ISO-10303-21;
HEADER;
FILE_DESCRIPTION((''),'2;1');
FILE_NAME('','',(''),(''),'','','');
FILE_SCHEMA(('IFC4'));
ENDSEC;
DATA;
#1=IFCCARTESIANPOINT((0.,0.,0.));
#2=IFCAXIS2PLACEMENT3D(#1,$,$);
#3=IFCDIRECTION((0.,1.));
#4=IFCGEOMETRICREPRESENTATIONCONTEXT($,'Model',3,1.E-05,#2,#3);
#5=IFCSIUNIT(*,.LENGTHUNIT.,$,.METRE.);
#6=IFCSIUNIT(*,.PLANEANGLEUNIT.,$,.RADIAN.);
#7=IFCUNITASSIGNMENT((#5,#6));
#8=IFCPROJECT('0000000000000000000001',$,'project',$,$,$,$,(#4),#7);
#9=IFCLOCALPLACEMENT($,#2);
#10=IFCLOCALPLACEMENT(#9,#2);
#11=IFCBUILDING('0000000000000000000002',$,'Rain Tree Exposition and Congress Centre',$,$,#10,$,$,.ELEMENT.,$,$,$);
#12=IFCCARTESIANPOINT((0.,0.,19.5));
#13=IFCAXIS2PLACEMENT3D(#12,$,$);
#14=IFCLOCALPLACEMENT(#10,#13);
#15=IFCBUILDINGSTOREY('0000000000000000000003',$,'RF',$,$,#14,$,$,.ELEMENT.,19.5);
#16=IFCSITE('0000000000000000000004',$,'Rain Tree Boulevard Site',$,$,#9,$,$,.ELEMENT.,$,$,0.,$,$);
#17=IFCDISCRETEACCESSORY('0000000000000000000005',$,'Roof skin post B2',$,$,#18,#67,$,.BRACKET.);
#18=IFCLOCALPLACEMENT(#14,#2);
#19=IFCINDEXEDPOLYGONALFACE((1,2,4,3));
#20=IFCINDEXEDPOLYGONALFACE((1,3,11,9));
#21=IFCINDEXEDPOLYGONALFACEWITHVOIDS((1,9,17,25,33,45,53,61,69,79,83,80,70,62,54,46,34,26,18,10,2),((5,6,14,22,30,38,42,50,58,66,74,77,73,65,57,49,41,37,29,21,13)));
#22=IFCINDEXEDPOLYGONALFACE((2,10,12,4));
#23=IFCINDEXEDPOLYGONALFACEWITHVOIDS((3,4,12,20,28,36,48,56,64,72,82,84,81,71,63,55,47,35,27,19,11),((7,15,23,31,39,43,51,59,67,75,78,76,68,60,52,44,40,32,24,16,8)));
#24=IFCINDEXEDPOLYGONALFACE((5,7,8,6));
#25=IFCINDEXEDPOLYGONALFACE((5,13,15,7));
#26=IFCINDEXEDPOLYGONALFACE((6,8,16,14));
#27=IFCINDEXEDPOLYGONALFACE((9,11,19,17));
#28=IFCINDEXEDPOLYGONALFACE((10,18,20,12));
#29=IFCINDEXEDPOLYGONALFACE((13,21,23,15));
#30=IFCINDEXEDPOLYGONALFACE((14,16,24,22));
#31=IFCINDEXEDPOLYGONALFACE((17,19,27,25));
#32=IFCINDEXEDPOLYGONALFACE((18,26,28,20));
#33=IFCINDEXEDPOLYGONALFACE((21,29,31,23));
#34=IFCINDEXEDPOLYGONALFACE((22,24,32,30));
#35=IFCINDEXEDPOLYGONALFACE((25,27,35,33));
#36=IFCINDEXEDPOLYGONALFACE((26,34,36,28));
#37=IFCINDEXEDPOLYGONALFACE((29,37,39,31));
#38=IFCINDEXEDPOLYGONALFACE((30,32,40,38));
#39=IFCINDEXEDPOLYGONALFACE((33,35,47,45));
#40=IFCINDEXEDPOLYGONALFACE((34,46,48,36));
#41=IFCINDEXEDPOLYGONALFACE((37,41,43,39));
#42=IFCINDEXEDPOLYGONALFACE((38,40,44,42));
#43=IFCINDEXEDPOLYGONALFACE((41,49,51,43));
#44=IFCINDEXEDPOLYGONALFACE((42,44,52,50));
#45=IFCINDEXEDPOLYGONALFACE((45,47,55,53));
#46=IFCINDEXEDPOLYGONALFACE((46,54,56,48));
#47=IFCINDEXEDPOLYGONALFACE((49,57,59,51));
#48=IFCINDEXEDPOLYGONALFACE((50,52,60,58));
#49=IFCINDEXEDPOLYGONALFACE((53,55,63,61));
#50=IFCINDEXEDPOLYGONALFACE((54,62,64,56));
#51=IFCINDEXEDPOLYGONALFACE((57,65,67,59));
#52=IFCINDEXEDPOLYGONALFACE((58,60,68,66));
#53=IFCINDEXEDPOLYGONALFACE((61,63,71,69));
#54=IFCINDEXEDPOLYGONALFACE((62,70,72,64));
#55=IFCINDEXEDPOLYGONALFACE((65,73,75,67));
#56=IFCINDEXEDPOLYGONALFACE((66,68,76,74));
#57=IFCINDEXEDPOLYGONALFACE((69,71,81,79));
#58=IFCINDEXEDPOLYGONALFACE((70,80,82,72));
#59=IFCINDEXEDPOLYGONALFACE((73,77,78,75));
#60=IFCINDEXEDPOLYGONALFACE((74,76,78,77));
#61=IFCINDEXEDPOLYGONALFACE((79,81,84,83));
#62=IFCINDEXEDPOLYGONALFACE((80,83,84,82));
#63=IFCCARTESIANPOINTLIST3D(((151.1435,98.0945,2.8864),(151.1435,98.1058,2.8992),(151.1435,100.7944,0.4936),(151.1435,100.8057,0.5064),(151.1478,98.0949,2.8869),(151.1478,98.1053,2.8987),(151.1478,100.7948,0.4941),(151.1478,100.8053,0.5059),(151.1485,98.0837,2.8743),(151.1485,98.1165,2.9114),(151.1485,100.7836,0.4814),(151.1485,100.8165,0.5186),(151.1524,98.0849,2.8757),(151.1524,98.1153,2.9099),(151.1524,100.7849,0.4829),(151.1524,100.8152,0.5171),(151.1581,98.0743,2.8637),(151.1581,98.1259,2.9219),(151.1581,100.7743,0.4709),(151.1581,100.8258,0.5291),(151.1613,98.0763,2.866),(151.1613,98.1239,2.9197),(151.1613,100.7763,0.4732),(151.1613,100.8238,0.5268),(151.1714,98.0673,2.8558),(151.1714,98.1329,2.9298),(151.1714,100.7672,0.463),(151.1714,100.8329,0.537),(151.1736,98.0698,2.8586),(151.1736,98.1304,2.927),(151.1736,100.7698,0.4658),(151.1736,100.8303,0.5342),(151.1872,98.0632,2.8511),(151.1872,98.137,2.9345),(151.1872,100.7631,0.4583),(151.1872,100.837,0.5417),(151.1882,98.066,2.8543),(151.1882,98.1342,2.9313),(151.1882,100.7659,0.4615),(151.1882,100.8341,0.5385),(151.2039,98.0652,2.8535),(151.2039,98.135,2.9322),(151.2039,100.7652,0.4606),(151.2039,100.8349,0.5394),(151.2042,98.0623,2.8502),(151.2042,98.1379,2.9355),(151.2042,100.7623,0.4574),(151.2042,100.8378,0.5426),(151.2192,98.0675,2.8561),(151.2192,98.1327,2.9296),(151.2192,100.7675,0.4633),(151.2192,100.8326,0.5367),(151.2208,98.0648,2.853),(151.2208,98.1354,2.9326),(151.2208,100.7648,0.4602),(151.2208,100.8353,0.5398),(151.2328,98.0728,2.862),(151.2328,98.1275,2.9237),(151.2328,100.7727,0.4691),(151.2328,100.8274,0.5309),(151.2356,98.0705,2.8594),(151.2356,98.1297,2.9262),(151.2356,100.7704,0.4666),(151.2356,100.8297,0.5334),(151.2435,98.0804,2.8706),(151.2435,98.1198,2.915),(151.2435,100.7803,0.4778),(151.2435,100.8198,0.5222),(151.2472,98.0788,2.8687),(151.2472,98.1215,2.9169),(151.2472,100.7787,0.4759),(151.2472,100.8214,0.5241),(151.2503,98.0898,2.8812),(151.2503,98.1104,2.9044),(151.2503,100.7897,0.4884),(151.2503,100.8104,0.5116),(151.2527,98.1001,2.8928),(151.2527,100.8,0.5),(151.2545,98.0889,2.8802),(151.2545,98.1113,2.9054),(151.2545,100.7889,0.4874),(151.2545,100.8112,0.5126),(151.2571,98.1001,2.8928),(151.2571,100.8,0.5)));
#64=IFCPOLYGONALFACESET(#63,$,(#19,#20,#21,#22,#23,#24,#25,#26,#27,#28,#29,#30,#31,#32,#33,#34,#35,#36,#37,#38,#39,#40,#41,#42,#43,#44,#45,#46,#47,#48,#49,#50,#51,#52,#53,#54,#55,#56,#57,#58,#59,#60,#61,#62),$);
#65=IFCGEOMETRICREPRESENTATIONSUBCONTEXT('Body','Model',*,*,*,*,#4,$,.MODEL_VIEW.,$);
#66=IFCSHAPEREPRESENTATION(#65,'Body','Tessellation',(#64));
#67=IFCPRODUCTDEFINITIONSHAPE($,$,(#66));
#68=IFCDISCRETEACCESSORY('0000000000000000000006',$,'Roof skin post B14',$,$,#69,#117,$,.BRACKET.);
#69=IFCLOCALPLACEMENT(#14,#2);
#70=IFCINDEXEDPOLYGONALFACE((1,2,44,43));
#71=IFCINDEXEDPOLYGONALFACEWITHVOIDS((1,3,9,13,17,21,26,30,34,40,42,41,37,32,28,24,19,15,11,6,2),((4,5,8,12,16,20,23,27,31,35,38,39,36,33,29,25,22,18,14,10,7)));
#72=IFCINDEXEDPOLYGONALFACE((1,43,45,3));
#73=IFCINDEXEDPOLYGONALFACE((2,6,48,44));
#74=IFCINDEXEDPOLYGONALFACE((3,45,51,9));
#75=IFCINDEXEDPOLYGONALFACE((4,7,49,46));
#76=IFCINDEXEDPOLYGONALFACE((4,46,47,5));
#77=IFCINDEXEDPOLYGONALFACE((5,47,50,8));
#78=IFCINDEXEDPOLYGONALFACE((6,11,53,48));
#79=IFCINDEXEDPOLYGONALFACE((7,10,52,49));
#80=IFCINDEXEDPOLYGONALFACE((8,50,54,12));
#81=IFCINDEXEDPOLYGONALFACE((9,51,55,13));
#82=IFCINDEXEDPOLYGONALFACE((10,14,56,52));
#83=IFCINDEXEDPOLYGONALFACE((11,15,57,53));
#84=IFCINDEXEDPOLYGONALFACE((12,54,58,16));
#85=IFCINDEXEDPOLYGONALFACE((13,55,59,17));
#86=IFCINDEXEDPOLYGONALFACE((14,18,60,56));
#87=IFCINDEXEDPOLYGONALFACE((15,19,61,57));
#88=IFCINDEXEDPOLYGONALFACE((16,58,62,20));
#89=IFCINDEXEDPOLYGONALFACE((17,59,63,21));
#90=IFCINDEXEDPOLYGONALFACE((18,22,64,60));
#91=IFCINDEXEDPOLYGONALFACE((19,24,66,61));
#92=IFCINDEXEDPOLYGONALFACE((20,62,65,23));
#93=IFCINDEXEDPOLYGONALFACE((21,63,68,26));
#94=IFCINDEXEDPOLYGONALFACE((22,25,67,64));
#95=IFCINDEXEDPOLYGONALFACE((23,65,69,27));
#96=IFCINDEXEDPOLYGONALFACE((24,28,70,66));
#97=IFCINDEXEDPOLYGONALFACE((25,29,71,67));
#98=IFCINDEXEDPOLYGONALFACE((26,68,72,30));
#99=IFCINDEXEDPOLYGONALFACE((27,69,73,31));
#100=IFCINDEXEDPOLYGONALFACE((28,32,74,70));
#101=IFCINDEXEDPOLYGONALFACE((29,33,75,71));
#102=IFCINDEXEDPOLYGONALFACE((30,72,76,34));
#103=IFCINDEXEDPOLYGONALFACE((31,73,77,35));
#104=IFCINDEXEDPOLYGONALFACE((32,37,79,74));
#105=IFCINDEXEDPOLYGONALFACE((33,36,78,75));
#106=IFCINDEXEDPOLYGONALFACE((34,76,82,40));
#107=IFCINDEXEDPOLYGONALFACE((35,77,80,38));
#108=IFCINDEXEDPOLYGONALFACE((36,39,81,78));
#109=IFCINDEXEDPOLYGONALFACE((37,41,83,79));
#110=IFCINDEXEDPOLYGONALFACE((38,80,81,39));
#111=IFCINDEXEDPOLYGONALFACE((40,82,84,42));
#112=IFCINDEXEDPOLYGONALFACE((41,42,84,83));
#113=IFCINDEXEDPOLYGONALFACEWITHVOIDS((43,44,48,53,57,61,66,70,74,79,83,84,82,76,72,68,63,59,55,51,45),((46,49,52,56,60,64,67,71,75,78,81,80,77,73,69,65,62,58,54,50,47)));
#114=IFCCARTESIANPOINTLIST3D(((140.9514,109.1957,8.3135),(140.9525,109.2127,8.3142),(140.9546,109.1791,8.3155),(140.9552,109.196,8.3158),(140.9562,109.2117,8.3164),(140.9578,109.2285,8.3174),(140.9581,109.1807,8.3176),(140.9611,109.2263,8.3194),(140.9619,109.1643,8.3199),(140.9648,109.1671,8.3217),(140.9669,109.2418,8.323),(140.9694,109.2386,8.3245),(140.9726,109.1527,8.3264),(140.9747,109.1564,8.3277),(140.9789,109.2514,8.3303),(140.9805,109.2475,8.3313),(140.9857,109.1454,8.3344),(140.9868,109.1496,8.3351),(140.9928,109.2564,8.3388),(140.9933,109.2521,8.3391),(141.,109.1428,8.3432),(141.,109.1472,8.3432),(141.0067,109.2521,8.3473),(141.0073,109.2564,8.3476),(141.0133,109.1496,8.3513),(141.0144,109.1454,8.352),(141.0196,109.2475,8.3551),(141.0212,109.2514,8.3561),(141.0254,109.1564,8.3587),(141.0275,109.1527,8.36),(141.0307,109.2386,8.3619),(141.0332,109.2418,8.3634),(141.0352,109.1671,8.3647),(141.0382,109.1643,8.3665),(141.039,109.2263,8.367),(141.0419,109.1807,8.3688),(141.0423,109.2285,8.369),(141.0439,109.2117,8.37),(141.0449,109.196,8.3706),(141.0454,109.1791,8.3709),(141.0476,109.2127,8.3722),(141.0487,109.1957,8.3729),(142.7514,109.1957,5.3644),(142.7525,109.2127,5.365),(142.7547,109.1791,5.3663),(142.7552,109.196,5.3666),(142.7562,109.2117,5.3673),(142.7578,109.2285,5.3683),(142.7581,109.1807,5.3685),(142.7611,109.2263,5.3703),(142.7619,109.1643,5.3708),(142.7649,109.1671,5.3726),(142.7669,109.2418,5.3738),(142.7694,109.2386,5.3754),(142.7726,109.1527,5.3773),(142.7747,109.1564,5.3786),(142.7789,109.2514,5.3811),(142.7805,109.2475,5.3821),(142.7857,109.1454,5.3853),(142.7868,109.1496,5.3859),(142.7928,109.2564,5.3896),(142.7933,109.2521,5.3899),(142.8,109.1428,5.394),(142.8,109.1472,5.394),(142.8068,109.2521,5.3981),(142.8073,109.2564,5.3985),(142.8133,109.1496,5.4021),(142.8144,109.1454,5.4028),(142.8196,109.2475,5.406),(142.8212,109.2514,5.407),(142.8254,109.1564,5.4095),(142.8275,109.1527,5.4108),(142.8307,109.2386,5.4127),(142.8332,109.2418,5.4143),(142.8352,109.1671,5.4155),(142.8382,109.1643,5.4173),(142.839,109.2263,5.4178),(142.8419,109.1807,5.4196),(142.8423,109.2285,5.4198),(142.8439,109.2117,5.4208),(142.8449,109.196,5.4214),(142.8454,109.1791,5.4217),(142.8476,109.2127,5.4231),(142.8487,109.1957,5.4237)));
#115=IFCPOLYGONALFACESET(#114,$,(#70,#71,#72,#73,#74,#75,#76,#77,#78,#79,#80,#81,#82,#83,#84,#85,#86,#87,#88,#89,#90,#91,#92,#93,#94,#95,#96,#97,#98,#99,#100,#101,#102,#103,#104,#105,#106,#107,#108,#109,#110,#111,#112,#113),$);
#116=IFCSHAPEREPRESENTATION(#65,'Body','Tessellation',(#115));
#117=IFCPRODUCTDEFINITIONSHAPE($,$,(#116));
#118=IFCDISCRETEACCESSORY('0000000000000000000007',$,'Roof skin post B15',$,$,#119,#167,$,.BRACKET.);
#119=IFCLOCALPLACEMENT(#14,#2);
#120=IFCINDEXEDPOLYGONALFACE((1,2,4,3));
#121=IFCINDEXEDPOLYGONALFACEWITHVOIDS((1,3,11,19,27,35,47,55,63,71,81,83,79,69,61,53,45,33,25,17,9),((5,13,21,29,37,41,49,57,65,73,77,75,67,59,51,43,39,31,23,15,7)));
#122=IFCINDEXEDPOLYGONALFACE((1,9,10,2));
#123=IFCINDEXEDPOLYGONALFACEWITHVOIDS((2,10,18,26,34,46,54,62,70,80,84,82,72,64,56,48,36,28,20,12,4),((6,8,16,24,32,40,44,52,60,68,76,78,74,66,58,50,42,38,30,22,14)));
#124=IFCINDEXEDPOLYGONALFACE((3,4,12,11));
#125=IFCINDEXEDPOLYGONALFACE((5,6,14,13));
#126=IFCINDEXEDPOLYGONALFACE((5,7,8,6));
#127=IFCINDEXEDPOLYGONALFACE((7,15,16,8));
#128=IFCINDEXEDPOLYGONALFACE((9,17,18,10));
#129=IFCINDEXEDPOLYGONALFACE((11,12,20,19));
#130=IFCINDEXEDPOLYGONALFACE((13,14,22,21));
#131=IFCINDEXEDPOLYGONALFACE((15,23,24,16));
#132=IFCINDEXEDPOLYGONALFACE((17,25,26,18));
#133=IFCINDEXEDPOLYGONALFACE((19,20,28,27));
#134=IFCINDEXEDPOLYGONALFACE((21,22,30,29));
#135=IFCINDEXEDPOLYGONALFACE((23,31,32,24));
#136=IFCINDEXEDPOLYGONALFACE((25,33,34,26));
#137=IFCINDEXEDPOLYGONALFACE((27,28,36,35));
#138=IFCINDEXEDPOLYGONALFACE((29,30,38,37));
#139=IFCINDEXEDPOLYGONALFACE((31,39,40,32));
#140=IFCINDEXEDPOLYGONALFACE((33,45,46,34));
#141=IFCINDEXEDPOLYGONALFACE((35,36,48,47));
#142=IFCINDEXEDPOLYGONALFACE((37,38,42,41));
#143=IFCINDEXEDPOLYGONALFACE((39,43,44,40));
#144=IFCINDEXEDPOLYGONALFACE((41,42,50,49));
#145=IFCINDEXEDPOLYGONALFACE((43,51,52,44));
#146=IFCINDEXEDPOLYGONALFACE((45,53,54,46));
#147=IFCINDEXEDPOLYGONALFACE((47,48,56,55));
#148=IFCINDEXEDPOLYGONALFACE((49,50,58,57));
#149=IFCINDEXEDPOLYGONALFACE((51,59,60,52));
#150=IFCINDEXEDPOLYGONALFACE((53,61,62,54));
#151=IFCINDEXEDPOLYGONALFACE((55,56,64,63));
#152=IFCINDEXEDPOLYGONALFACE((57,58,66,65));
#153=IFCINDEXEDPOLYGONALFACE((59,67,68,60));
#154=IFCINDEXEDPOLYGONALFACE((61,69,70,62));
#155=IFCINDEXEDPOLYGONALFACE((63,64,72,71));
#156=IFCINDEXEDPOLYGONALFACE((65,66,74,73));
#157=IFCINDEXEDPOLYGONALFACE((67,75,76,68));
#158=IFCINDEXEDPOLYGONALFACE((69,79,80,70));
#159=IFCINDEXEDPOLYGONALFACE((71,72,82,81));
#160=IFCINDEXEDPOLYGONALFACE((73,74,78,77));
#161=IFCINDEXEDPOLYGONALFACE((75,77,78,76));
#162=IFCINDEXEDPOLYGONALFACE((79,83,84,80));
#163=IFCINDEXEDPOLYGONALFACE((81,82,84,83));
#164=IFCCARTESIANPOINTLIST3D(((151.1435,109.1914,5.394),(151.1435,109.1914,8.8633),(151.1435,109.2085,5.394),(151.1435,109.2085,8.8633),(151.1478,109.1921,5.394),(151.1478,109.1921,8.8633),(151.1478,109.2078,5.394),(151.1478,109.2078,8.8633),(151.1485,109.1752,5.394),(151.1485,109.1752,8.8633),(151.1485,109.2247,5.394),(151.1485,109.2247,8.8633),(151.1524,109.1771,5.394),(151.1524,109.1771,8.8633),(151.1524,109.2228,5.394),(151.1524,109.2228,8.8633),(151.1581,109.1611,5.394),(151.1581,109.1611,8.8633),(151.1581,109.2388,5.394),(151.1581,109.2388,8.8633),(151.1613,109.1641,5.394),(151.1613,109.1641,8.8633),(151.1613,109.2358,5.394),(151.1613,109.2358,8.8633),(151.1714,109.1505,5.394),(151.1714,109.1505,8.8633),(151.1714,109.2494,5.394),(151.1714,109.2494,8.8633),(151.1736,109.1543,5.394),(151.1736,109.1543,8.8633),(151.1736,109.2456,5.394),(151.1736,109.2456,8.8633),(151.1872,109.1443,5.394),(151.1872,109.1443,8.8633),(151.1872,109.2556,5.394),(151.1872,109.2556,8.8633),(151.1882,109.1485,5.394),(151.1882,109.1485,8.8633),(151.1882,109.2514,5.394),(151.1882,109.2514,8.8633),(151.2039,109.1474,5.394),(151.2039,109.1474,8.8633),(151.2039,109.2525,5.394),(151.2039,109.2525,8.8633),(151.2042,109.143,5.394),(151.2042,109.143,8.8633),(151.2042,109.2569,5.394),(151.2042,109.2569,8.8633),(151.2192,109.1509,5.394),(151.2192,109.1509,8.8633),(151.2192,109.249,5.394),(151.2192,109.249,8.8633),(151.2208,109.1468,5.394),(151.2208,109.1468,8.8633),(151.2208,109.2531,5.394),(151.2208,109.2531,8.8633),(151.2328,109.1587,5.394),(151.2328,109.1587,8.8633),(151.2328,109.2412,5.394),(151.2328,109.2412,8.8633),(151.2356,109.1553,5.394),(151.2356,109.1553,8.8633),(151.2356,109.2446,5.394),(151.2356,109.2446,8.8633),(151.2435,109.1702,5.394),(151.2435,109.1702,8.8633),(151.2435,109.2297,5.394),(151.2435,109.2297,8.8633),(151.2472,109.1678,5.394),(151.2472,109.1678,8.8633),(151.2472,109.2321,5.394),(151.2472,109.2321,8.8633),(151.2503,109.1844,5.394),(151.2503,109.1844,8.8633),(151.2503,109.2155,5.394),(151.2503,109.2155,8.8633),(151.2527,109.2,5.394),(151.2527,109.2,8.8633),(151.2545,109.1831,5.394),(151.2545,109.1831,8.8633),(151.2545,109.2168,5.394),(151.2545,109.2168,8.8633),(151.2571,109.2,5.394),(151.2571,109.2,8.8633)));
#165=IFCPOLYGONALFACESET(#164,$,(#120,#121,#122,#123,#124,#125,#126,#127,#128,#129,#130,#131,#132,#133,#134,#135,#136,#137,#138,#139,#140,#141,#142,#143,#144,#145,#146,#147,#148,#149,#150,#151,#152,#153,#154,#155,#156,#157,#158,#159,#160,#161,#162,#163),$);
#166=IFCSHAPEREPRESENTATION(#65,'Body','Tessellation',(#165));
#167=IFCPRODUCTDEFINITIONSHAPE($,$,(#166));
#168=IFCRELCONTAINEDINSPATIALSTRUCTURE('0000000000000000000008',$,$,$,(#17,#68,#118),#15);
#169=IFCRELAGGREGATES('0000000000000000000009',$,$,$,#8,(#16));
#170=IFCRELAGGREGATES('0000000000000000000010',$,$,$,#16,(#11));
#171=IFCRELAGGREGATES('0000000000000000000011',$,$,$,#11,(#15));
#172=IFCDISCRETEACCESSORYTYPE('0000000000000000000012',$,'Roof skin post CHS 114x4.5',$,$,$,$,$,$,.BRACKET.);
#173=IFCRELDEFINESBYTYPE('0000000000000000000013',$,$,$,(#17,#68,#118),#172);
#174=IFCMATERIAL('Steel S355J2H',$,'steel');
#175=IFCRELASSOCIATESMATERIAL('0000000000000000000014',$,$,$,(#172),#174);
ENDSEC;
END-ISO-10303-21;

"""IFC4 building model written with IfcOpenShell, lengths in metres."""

from ifc_helpers import new_model, si_unit, direction, frame, origin, origin_2d, place, context, subcontext, project, spatial, hollow_circle, extrude, material, material_profile, profile_set, type_object, element, save


model = new_model("IFC4")

# Units and contexts
model_context = context("Model", 3, precision=1e-05, world=origin(), true_north=direction((0.0, 1.0)))
body_context = subcontext(model_context, "Body", "Model", "MODEL_VIEW")
ifc_project = project(units=[si_unit("LENGTHUNIT", "METRE"), si_unit("PLANEANGLEUNIT", "RADIAN")], contexts=[model_context])

# Site, building, storey
site_placement = place(None, origin())
site = spatial("IfcSite", under=ifc_project, at=site_placement, Name="Rain Tree Boulevard Site", CompositionType="ELEMENT", RefElevation=0.0)
building_placement = place(site_placement, origin())
building = spatial("IfcBuilding", under=site, at=building_placement, Name="Rain Tree Exposition and Congress Centre", CompositionType="ELEMENT")
storey_placement = place(building_placement, frame((0.0, 0.0, 19.5)))
storey = spatial("IfcBuildingStorey", under=building, at=storey_placement, Name="RF", CompositionType="ELEMENT", Elevation=19.5)

# Discrete accessories
ifc_material_1 = material(Name="Steel S355J2H", Category="steel")
ifc_material_profile_1 = material_profile(ifc_material_1, hollow_circle(Radius=0.0571, WallThickness=0.0044, at=origin_2d()), Name="CHS 114x4.5")
ifc_profile_set_1 = profile_set([ifc_material_profile_1], Name="Steel S355J2H")
discrete_accessory_type_1 = type_object("IfcDiscreteAccessoryType", Name="Roof skin post CHS 114x4.5", PredefinedType="BRACKET", material=ifc_profile_set_1)
discrete_accessory_1_placement = place(storey_placement, frame((151.2, 100.8, 0.5), z_axis=(0.0, -0.74839, 0.663258), x_axis=(1.0, 0.0, 0.0)))
element("IfcDiscreteAccessory", 1, at=discrete_accessory_1_placement, inside=storey, type_object=discrete_accessory_type_1, Name="Roof skin post B2", PredefinedType="BRACKET", context=body_context, shape_type="SweptSolid", body=[
    extrude(hollow_circle(Radius=0.0571, WallThickness=0.0044, at=origin_2d()), origin(), (0.0, 0.0, 1.0), 3.6077),
])
discrete_accessory_2_placement = place(storey_placement, frame((142.8, 109.2, 5.394), z_axis=(-0.520975, 0.0, 0.853572), x_axis=(0.0, -1.0, 0.0)))
element("IfcDiscreteAccessory", 2, at=discrete_accessory_2_placement, inside=storey, type_object=discrete_accessory_type_1, Name="Roof skin post B14", PredefinedType="BRACKET", context=body_context, shape_type="SweptSolid", body=[
    extrude(hollow_circle(Radius=0.0571, WallThickness=0.0044, at=origin_2d()), origin(), (0.0, 0.0, 1.0), 3.4551),
])
discrete_accessory_3_placement = place(storey_placement, frame((151.2, 109.2, 5.394), z_axis=(0.0, 0.0, 1.0), x_axis=(1.0, 0.0, 0.0)))
element("IfcDiscreteAccessory", 3, at=discrete_accessory_3_placement, inside=storey, type_object=discrete_accessory_type_1, Name="Roof skin post B15", PredefinedType="BRACKET", context=body_context, shape_type="SweptSolid", body=[
    extrude(hollow_circle(Radius=0.0571, WallThickness=0.0044, at=origin_2d()), origin(), (0.0, 0.0, 1.0), 3.4692),
])

save(model, "model.ifc")
